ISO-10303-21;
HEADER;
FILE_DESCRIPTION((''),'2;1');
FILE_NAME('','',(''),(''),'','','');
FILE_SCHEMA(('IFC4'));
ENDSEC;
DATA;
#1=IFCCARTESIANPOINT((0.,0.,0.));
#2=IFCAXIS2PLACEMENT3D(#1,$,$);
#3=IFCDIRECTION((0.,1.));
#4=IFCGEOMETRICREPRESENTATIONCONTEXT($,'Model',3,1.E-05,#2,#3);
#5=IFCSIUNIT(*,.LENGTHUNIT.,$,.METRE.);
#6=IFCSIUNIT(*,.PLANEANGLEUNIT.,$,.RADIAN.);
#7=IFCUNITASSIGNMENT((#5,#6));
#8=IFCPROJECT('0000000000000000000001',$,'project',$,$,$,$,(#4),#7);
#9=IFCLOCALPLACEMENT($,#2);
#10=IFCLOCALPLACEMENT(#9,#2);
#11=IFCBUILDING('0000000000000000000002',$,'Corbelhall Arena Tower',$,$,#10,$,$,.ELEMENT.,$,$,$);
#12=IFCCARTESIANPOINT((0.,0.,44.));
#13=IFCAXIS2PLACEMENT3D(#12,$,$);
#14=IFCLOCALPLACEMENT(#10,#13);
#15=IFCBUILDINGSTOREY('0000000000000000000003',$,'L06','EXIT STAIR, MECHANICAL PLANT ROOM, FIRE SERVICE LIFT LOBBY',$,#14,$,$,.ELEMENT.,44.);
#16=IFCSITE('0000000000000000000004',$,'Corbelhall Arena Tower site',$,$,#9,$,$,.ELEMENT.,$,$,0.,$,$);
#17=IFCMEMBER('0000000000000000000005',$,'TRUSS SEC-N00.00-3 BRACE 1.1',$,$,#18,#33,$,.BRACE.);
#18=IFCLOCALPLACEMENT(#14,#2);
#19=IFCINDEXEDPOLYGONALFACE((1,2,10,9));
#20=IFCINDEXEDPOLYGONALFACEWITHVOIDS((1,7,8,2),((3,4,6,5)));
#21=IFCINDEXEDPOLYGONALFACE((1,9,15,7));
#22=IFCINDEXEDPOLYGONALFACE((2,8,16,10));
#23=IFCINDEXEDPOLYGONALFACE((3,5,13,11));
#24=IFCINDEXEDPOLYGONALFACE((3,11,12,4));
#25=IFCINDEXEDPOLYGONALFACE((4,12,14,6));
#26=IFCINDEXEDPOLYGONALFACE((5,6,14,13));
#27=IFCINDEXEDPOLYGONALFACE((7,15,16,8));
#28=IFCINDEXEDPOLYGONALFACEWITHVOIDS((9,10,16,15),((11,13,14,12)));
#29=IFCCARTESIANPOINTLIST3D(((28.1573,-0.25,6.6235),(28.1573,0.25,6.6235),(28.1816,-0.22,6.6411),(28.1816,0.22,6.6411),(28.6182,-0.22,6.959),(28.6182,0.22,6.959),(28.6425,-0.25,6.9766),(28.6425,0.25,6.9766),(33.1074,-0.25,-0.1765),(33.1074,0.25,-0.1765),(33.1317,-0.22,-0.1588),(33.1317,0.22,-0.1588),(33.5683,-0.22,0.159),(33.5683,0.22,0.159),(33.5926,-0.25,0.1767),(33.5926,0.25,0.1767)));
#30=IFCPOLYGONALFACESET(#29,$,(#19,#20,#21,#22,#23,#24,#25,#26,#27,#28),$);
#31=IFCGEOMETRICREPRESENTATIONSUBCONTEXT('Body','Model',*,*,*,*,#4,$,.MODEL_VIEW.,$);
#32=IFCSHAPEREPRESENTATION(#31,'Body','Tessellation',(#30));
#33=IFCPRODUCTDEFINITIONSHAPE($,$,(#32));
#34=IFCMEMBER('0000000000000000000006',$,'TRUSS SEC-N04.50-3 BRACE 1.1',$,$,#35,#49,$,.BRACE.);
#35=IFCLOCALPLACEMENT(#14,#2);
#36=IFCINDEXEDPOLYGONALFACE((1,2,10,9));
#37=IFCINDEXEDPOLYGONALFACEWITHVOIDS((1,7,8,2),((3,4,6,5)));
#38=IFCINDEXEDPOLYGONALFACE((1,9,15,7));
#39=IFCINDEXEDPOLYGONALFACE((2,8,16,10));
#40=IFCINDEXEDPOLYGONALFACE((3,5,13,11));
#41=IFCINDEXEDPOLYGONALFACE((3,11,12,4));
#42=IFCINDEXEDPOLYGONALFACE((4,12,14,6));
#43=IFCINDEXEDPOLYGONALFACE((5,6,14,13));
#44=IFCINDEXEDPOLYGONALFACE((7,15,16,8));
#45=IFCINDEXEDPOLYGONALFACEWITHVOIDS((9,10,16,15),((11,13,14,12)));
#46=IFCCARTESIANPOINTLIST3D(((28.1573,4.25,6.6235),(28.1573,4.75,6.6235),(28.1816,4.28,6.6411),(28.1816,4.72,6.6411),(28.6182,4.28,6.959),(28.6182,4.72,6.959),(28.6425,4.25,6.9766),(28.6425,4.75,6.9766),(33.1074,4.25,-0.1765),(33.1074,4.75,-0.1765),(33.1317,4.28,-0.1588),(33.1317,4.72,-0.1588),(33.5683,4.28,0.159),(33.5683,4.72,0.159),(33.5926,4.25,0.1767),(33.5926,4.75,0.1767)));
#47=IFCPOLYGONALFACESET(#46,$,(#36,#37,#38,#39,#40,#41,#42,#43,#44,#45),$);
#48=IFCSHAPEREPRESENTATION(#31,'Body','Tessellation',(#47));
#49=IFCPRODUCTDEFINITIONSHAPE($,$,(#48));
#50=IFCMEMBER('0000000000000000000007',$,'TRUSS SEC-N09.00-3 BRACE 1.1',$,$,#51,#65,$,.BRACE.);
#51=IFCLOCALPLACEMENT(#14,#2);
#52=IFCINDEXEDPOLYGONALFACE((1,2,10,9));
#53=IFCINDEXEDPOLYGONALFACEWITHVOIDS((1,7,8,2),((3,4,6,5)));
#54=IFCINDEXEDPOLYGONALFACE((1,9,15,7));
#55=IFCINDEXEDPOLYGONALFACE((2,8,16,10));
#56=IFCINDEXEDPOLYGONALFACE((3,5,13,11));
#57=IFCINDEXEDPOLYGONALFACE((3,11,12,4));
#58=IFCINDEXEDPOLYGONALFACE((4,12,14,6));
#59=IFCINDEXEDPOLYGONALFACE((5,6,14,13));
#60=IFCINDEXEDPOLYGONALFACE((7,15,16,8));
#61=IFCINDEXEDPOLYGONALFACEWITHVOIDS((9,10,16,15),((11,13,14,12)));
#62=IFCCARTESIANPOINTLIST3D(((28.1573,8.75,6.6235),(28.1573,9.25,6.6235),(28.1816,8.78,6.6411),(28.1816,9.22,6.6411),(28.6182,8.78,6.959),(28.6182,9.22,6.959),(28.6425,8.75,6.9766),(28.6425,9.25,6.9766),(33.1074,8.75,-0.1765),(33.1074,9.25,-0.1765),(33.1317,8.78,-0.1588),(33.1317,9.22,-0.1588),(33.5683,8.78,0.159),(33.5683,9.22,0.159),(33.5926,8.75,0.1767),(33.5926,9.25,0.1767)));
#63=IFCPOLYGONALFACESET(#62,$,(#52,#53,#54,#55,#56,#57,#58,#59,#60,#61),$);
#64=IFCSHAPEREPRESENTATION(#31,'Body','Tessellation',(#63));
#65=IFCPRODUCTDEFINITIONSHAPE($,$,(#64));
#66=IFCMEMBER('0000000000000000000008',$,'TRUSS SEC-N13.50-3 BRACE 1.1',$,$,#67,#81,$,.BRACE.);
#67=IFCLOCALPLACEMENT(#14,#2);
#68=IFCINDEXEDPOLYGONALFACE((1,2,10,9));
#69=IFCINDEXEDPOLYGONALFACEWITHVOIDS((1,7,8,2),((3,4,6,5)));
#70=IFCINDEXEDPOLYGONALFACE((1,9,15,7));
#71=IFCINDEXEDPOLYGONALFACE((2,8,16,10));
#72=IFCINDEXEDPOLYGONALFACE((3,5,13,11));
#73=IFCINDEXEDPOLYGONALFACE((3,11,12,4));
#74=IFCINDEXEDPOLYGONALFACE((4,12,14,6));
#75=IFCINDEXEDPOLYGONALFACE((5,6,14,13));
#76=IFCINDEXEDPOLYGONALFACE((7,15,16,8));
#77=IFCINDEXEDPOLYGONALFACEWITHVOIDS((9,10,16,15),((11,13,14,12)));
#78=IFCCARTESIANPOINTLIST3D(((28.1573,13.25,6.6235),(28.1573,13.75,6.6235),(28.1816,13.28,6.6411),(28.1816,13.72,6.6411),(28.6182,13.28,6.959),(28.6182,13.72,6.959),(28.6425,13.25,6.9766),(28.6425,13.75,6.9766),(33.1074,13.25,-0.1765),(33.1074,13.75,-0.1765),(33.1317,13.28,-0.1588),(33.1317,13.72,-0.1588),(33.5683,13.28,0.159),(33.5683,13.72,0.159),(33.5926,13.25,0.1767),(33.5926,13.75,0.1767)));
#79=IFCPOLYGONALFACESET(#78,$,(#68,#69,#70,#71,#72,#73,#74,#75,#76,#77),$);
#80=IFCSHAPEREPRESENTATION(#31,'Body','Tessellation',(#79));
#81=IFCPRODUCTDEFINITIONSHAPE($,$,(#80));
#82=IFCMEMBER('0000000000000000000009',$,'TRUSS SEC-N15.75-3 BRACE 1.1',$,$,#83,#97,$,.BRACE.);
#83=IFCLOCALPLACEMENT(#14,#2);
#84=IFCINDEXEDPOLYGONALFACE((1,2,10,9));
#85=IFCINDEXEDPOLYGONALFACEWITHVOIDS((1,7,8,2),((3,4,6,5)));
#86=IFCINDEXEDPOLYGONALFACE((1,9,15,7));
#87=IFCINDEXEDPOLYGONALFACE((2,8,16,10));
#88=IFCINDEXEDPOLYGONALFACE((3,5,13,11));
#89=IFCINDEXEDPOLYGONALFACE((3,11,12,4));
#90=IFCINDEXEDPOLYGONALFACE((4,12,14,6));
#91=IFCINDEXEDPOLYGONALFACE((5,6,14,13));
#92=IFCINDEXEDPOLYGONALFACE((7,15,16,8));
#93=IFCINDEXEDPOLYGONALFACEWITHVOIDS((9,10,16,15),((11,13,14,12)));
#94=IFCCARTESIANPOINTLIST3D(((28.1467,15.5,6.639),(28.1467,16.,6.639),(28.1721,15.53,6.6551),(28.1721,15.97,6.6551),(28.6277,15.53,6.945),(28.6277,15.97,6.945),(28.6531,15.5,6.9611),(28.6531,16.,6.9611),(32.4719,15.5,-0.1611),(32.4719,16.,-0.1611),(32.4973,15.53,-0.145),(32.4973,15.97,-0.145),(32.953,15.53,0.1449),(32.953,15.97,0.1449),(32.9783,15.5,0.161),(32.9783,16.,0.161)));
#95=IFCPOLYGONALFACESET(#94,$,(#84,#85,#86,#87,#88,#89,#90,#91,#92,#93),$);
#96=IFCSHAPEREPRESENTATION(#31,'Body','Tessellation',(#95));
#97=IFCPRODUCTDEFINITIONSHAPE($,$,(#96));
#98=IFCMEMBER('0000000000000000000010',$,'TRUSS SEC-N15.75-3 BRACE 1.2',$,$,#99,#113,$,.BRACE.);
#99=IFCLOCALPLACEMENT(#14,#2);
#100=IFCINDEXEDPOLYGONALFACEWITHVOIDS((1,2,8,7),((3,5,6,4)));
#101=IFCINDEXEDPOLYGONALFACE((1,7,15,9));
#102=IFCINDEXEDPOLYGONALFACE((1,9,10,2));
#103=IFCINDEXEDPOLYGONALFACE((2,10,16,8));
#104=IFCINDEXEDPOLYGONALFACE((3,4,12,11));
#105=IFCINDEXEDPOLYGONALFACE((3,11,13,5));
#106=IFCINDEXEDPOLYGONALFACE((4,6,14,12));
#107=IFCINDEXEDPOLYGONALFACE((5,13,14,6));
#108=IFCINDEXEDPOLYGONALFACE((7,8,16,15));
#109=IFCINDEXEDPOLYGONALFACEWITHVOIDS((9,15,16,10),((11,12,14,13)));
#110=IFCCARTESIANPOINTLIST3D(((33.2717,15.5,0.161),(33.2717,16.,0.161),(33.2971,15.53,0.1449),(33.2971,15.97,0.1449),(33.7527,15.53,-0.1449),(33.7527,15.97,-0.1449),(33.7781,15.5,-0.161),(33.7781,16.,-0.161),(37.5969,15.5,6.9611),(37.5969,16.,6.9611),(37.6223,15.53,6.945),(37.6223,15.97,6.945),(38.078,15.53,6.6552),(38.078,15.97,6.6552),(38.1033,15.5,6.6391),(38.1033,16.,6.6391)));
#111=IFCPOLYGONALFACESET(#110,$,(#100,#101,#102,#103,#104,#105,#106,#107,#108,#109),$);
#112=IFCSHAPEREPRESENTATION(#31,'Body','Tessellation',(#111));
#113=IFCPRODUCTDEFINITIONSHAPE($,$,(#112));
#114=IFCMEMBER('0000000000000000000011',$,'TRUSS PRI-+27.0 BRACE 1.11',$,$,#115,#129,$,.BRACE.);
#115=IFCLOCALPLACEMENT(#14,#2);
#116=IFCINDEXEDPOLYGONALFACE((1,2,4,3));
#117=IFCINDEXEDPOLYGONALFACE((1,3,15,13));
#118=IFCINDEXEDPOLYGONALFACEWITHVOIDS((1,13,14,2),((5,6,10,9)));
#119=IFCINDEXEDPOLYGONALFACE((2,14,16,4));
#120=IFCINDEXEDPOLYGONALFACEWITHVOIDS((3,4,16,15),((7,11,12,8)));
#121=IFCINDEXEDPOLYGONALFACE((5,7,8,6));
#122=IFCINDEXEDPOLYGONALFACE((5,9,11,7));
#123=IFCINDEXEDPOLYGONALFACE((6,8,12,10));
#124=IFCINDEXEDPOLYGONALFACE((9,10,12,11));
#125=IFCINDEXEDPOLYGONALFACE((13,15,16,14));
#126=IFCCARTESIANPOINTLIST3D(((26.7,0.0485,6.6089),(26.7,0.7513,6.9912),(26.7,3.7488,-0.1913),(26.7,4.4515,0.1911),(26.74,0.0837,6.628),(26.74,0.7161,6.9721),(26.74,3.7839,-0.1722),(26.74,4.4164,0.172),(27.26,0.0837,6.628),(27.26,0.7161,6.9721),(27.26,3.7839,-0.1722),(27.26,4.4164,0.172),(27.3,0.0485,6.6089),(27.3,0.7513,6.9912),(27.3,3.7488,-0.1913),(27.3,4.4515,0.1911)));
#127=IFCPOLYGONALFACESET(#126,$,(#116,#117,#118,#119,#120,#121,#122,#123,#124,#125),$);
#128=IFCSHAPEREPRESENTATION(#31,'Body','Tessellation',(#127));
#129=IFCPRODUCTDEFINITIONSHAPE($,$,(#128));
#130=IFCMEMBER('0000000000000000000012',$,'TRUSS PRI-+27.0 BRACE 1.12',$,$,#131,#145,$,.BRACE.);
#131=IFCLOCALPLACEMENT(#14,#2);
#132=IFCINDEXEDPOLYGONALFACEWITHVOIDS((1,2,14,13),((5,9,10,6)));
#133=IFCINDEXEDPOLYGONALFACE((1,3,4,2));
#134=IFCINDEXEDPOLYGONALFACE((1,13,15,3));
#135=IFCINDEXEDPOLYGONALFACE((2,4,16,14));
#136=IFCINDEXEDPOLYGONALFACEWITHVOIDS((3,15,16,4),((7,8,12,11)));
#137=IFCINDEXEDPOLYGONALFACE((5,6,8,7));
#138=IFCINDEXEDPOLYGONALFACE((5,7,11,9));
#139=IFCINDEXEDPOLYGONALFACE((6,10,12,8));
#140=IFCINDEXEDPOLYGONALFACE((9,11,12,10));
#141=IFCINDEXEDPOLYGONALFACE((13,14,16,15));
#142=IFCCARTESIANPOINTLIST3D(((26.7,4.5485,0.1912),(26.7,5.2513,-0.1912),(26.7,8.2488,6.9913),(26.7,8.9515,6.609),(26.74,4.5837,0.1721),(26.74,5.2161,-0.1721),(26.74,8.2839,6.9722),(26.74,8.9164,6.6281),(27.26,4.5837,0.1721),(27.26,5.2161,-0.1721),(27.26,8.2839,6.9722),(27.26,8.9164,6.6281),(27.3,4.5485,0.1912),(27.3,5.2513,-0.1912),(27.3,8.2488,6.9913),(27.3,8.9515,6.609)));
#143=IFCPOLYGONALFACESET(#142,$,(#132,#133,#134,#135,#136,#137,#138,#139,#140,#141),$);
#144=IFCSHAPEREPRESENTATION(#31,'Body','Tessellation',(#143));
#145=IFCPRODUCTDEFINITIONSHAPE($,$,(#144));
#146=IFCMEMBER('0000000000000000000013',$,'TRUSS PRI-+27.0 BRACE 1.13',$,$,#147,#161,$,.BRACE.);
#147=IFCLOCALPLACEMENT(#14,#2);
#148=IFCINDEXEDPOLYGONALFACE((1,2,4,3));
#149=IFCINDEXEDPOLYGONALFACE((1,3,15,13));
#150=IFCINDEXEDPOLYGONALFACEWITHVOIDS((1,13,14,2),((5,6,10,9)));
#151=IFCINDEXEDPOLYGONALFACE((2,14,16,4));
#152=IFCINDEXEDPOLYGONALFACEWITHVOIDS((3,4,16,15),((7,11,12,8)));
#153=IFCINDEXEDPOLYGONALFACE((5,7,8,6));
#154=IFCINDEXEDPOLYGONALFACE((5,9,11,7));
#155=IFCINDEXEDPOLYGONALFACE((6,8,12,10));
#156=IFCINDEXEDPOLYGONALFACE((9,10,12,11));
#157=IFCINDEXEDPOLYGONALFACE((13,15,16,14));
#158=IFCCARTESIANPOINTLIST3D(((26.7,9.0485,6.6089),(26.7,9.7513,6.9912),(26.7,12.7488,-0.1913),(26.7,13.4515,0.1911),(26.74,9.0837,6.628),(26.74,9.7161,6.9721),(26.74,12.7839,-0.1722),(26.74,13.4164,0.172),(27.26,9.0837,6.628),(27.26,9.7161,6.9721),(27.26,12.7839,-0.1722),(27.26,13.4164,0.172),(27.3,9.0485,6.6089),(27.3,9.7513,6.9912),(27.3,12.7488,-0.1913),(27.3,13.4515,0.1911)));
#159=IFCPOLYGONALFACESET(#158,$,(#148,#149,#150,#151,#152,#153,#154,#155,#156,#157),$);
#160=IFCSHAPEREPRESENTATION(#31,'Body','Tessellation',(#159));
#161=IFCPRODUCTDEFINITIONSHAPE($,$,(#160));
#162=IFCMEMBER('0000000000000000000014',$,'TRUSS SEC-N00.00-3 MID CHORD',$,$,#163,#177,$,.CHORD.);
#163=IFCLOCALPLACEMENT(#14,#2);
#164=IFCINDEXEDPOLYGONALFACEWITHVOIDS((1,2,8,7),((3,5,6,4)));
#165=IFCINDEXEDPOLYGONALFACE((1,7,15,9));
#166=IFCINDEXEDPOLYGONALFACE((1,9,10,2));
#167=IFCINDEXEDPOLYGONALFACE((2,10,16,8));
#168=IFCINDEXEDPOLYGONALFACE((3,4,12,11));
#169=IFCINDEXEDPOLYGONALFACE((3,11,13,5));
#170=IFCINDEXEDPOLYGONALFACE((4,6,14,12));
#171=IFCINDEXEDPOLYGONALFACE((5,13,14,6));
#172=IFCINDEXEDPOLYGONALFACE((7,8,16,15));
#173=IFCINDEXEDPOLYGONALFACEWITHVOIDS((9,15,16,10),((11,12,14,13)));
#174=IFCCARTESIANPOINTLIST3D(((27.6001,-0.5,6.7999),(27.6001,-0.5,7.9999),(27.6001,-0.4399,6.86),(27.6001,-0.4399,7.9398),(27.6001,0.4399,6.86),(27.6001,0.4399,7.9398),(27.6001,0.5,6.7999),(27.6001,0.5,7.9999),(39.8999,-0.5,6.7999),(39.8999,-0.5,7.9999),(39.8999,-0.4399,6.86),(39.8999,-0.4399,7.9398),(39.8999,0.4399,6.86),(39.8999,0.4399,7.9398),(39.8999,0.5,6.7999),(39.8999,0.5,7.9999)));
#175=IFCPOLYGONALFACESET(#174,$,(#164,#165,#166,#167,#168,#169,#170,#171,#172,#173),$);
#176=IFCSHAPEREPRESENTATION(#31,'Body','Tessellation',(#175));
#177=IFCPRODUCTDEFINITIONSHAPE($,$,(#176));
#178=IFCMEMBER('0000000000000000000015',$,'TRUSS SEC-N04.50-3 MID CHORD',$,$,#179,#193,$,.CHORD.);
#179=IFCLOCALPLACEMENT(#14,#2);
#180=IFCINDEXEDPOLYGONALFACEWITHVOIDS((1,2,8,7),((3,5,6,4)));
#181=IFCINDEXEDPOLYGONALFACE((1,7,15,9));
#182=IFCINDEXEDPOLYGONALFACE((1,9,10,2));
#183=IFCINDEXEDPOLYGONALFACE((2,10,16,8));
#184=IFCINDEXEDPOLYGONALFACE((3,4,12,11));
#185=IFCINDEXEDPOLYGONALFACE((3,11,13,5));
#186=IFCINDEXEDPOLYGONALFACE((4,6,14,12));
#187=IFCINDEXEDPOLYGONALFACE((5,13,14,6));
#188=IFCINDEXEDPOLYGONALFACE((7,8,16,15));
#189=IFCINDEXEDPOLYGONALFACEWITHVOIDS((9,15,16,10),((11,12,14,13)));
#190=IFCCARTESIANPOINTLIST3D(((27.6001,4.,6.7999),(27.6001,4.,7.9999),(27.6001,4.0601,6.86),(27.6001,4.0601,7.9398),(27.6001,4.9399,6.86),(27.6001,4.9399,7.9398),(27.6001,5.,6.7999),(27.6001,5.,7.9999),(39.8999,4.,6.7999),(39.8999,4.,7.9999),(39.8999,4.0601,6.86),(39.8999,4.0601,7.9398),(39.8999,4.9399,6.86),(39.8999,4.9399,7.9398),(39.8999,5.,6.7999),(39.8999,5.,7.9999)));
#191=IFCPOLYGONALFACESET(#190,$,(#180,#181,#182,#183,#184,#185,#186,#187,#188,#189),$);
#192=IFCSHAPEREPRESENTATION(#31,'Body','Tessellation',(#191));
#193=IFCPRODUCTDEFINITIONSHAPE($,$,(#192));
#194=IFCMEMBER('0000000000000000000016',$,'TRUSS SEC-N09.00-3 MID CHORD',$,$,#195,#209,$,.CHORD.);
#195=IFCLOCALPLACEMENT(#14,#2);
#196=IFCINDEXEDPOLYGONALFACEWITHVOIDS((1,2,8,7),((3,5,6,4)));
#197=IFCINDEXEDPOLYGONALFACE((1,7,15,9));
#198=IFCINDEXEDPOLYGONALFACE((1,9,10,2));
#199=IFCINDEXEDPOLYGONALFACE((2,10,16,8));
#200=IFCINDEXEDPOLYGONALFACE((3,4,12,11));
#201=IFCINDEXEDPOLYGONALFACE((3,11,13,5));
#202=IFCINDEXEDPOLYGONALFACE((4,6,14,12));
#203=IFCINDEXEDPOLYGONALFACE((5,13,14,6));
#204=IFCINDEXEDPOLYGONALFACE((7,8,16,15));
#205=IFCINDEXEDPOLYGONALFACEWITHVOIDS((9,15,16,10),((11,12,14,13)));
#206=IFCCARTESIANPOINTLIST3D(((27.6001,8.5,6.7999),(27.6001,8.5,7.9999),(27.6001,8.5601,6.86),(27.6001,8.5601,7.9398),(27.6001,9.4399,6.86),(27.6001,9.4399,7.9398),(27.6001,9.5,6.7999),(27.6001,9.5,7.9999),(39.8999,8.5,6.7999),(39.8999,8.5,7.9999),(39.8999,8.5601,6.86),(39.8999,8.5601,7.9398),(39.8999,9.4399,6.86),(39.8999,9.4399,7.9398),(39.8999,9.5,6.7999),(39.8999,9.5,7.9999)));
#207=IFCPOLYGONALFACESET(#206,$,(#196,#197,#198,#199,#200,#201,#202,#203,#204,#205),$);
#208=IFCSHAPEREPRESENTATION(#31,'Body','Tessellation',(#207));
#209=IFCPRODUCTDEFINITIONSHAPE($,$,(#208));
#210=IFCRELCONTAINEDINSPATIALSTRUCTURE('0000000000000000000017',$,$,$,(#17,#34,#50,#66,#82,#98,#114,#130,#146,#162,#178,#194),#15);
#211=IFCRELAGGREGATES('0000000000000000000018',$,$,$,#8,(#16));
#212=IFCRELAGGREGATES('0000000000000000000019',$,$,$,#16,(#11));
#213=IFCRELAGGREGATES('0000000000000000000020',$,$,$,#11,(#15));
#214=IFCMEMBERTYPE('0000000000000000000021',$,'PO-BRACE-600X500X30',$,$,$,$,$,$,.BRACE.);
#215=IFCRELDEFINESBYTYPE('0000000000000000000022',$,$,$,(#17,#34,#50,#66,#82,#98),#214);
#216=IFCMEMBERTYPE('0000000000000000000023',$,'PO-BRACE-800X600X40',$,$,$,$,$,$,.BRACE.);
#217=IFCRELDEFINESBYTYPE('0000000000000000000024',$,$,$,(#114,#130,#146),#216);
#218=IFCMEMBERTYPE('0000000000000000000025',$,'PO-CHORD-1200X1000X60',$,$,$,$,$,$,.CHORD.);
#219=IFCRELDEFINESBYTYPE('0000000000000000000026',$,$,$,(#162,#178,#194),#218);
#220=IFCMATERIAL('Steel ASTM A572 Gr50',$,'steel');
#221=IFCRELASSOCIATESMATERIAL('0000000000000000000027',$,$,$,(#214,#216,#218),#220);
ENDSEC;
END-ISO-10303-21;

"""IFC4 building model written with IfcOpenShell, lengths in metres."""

from ifc_helpers import new_model, si_unit, direction, frame, origin, origin_2d, place, context, subcontext, project, spatial, hollow_rectangle, extrude, material, material_profile, profile_set, type_object, element, save


model = new_model("IFC4")

# Units and contexts
model_context = context("Model", 3, precision=1e-05, world=origin(), true_north=direction((0.0, 1.0)))
body_context = subcontext(model_context, "Body", "Model", "MODEL_VIEW")
ifc_project = project(units=[si_unit("LENGTHUNIT", "METRE"), si_unit("PLANEANGLEUNIT", "RADIAN")], contexts=[model_context])

# Site, building, storey
site_placement = place(None, origin())
site = spatial("IfcSite", under=ifc_project, at=site_placement, Name="Corbelhall Arena Tower site", CompositionType="ELEMENT", RefElevation=0.0)
building_placement = place(site_placement, origin())
building = spatial("IfcBuilding", under=site, at=building_placement, Name="Corbelhall Arena Tower", CompositionType="ELEMENT")
storey_placement = place(building_placement, frame((0.0, 0.0, 44.0)))
storey = spatial("IfcBuildingStorey", under=building, at=storey_placement, Name="L06", Description="EXIT STAIR, MECHANICAL PLANT ROOM, FIRE SERVICE LIFT LOBBY", CompositionType="ELEMENT", Elevation=44.0)

# Members
ifc_material = material(Name="Steel ASTM A572 Gr50", Category="steel")
ifc_material_profile_1 = material_profile(ifc_material, hollow_rectangle(XDim=0.5, YDim=0.6001, WallThickness=0.03, at=origin_2d()))
ifc_profile_set_1 = profile_set([ifc_material_profile_1], Name="Steel ASTM A572 Gr50")
member_type_1 = type_object("IfcMemberType", Name="PO-BRACE-600X500X30", PredefinedType="BRACE", material=ifc_profile_set_1)
for number, where, z_axis, x_axis, name in (
    (1, (28.3999, 0.0, 6.8), (0.588538, 0.0, -0.80847), (0.0, 1.0, 0.0), "TRUSS SEC-N00.00-3 BRACE 1.1"),
    (2, (28.3999, 4.5, 6.8), (0.588538, 0.0, -0.80847), (0.0, 1.0, 0.0), "TRUSS SEC-N04.50-3 BRACE 1.1"),
    (3, (28.3999, 9.0, 6.8), (0.588538, 0.0, -0.80847), (0.0, 1.0, 0.0), "TRUSS SEC-N09.00-3 BRACE 1.1"),
    (4, (28.3999, 13.5, 6.8), (0.588538, 0.0, -0.80847), (0.0, 1.0, 0.0), "TRUSS SEC-N13.50-3 BRACE 1.1"),
):
    element("IfcMember", number, at=place(storey_placement, frame(where, z_axis=z_axis, x_axis=x_axis)), inside=storey, type_object=member_type_1, Name=name, PredefinedType="BRACE", context=body_context, shape_type="SweptSolid", body=[
        extrude(hollow_rectangle(XDim=0.5, YDim=0.6001, WallThickness=0.03, at=origin_2d()), origin(), (0.0, 0.0, 1.0), 8.4109),
    ])
for number, where, z_axis, x_axis, name in (
    (5, (28.3999, 15.75, 6.8), (0.536689, 0.0, -0.84378), (0.0, 1.0, 0.0), "TRUSS SEC-N15.75-3 BRACE 1.1"),
    (6, (33.5249, 15.75, 0.0), (0.536689, 0.0, 0.84378), (0.0, 1.0, 0.0), "TRUSS SEC-N15.75-3 BRACE 1.2"),
):
    element("IfcMember", number, at=place(storey_placement, frame(where, z_axis=z_axis, x_axis=x_axis)), inside=storey, type_object=member_type_1, Name=name, PredefinedType="BRACE", context=body_context, shape_type="SweptSolid", body=[
        extrude(hollow_rectangle(XDim=0.5, YDim=0.6001, WallThickness=0.03, at=origin_2d()), origin(), (0.0, 0.0, 1.0), 8.0591),
    ])
ifc_material_profile_2 = material_profile(ifc_material, hollow_rectangle(XDim=0.6001, YDim=0.8, WallThickness=0.04, at=origin_2d()))
ifc_profile_set_2 = profile_set([ifc_material_profile_2], Name="Steel ASTM A572 Gr50")
member_type_2 = type_object("IfcMemberType", Name="PO-BRACE-800X600X40", PredefinedType="BRACE", material=ifc_profile_set_2)
for number, where, z_axis, x_axis, name in (
    (7, (27.0, 0.3999, 6.8), (0.0, 0.477964, -0.87838), (-1.0, 0.0, 0.0), "TRUSS PRI-+27.0 BRACE 1.11"),
    (8, (27.0, 4.8999, 0.0), (0.0, 0.477964, 0.87838), (-1.0, 0.0, 0.0), "TRUSS PRI-+27.0 BRACE 1.12"),
    (9, (27.0, 9.3999, 6.8), (0.0, 0.477964, -0.87838), (-1.0, 0.0, 0.0), "TRUSS PRI-+27.0 BRACE 1.13"),
):
    element("IfcMember", number, at=place(storey_placement, frame(where, z_axis=z_axis, x_axis=x_axis)), inside=storey, type_object=member_type_2, Name=name, PredefinedType="BRACE", context=body_context, shape_type="SweptSolid", body=[
        extrude(hollow_rectangle(XDim=0.6001, YDim=0.8, WallThickness=0.04, at=origin_2d()), origin(), (0.0, 0.0, 1.0), 7.7417),
    ])
ifc_material_profile_3 = material_profile(ifc_material, hollow_rectangle(XDim=1.0, YDim=1.2, WallThickness=0.0601, at=origin_2d()))
ifc_profile_set_3 = profile_set([ifc_material_profile_3], Name="Steel ASTM A572 Gr50")
member_type_3 = type_object("IfcMemberType", Name="PO-CHORD-1200X1000X60", PredefinedType="CHORD", material=ifc_profile_set_3)
for number, where, z_axis, x_axis, name in (
    (10, (27.6001, 0.0, 7.3999), (1.0, 0.0, 0.0), (0.0, 1.0, 0.0), "TRUSS SEC-N00.00-3 MID CHORD"),
    (11, (27.6001, 4.5, 7.3999), (1.0, 0.0, 0.0), (0.0, 1.0, 0.0), "TRUSS SEC-N04.50-3 MID CHORD"),
    (12, (27.6001, 9.0, 7.3999), (1.0, 0.0, 0.0), (0.0, 1.0, 0.0), "TRUSS SEC-N09.00-3 MID CHORD"),
):
    element("IfcMember", number, at=place(storey_placement, frame(where, z_axis=z_axis, x_axis=x_axis)), inside=storey, type_object=member_type_3, Name=name, PredefinedType="CHORD", context=body_context, shape_type="SweptSolid", body=[
        extrude(hollow_rectangle(XDim=1.0, YDim=1.2, WallThickness=0.0601, at=origin_2d()), origin(), (0.0, 0.0, 1.0), 12.2998),
    ])

save(model, "model.ifc")
